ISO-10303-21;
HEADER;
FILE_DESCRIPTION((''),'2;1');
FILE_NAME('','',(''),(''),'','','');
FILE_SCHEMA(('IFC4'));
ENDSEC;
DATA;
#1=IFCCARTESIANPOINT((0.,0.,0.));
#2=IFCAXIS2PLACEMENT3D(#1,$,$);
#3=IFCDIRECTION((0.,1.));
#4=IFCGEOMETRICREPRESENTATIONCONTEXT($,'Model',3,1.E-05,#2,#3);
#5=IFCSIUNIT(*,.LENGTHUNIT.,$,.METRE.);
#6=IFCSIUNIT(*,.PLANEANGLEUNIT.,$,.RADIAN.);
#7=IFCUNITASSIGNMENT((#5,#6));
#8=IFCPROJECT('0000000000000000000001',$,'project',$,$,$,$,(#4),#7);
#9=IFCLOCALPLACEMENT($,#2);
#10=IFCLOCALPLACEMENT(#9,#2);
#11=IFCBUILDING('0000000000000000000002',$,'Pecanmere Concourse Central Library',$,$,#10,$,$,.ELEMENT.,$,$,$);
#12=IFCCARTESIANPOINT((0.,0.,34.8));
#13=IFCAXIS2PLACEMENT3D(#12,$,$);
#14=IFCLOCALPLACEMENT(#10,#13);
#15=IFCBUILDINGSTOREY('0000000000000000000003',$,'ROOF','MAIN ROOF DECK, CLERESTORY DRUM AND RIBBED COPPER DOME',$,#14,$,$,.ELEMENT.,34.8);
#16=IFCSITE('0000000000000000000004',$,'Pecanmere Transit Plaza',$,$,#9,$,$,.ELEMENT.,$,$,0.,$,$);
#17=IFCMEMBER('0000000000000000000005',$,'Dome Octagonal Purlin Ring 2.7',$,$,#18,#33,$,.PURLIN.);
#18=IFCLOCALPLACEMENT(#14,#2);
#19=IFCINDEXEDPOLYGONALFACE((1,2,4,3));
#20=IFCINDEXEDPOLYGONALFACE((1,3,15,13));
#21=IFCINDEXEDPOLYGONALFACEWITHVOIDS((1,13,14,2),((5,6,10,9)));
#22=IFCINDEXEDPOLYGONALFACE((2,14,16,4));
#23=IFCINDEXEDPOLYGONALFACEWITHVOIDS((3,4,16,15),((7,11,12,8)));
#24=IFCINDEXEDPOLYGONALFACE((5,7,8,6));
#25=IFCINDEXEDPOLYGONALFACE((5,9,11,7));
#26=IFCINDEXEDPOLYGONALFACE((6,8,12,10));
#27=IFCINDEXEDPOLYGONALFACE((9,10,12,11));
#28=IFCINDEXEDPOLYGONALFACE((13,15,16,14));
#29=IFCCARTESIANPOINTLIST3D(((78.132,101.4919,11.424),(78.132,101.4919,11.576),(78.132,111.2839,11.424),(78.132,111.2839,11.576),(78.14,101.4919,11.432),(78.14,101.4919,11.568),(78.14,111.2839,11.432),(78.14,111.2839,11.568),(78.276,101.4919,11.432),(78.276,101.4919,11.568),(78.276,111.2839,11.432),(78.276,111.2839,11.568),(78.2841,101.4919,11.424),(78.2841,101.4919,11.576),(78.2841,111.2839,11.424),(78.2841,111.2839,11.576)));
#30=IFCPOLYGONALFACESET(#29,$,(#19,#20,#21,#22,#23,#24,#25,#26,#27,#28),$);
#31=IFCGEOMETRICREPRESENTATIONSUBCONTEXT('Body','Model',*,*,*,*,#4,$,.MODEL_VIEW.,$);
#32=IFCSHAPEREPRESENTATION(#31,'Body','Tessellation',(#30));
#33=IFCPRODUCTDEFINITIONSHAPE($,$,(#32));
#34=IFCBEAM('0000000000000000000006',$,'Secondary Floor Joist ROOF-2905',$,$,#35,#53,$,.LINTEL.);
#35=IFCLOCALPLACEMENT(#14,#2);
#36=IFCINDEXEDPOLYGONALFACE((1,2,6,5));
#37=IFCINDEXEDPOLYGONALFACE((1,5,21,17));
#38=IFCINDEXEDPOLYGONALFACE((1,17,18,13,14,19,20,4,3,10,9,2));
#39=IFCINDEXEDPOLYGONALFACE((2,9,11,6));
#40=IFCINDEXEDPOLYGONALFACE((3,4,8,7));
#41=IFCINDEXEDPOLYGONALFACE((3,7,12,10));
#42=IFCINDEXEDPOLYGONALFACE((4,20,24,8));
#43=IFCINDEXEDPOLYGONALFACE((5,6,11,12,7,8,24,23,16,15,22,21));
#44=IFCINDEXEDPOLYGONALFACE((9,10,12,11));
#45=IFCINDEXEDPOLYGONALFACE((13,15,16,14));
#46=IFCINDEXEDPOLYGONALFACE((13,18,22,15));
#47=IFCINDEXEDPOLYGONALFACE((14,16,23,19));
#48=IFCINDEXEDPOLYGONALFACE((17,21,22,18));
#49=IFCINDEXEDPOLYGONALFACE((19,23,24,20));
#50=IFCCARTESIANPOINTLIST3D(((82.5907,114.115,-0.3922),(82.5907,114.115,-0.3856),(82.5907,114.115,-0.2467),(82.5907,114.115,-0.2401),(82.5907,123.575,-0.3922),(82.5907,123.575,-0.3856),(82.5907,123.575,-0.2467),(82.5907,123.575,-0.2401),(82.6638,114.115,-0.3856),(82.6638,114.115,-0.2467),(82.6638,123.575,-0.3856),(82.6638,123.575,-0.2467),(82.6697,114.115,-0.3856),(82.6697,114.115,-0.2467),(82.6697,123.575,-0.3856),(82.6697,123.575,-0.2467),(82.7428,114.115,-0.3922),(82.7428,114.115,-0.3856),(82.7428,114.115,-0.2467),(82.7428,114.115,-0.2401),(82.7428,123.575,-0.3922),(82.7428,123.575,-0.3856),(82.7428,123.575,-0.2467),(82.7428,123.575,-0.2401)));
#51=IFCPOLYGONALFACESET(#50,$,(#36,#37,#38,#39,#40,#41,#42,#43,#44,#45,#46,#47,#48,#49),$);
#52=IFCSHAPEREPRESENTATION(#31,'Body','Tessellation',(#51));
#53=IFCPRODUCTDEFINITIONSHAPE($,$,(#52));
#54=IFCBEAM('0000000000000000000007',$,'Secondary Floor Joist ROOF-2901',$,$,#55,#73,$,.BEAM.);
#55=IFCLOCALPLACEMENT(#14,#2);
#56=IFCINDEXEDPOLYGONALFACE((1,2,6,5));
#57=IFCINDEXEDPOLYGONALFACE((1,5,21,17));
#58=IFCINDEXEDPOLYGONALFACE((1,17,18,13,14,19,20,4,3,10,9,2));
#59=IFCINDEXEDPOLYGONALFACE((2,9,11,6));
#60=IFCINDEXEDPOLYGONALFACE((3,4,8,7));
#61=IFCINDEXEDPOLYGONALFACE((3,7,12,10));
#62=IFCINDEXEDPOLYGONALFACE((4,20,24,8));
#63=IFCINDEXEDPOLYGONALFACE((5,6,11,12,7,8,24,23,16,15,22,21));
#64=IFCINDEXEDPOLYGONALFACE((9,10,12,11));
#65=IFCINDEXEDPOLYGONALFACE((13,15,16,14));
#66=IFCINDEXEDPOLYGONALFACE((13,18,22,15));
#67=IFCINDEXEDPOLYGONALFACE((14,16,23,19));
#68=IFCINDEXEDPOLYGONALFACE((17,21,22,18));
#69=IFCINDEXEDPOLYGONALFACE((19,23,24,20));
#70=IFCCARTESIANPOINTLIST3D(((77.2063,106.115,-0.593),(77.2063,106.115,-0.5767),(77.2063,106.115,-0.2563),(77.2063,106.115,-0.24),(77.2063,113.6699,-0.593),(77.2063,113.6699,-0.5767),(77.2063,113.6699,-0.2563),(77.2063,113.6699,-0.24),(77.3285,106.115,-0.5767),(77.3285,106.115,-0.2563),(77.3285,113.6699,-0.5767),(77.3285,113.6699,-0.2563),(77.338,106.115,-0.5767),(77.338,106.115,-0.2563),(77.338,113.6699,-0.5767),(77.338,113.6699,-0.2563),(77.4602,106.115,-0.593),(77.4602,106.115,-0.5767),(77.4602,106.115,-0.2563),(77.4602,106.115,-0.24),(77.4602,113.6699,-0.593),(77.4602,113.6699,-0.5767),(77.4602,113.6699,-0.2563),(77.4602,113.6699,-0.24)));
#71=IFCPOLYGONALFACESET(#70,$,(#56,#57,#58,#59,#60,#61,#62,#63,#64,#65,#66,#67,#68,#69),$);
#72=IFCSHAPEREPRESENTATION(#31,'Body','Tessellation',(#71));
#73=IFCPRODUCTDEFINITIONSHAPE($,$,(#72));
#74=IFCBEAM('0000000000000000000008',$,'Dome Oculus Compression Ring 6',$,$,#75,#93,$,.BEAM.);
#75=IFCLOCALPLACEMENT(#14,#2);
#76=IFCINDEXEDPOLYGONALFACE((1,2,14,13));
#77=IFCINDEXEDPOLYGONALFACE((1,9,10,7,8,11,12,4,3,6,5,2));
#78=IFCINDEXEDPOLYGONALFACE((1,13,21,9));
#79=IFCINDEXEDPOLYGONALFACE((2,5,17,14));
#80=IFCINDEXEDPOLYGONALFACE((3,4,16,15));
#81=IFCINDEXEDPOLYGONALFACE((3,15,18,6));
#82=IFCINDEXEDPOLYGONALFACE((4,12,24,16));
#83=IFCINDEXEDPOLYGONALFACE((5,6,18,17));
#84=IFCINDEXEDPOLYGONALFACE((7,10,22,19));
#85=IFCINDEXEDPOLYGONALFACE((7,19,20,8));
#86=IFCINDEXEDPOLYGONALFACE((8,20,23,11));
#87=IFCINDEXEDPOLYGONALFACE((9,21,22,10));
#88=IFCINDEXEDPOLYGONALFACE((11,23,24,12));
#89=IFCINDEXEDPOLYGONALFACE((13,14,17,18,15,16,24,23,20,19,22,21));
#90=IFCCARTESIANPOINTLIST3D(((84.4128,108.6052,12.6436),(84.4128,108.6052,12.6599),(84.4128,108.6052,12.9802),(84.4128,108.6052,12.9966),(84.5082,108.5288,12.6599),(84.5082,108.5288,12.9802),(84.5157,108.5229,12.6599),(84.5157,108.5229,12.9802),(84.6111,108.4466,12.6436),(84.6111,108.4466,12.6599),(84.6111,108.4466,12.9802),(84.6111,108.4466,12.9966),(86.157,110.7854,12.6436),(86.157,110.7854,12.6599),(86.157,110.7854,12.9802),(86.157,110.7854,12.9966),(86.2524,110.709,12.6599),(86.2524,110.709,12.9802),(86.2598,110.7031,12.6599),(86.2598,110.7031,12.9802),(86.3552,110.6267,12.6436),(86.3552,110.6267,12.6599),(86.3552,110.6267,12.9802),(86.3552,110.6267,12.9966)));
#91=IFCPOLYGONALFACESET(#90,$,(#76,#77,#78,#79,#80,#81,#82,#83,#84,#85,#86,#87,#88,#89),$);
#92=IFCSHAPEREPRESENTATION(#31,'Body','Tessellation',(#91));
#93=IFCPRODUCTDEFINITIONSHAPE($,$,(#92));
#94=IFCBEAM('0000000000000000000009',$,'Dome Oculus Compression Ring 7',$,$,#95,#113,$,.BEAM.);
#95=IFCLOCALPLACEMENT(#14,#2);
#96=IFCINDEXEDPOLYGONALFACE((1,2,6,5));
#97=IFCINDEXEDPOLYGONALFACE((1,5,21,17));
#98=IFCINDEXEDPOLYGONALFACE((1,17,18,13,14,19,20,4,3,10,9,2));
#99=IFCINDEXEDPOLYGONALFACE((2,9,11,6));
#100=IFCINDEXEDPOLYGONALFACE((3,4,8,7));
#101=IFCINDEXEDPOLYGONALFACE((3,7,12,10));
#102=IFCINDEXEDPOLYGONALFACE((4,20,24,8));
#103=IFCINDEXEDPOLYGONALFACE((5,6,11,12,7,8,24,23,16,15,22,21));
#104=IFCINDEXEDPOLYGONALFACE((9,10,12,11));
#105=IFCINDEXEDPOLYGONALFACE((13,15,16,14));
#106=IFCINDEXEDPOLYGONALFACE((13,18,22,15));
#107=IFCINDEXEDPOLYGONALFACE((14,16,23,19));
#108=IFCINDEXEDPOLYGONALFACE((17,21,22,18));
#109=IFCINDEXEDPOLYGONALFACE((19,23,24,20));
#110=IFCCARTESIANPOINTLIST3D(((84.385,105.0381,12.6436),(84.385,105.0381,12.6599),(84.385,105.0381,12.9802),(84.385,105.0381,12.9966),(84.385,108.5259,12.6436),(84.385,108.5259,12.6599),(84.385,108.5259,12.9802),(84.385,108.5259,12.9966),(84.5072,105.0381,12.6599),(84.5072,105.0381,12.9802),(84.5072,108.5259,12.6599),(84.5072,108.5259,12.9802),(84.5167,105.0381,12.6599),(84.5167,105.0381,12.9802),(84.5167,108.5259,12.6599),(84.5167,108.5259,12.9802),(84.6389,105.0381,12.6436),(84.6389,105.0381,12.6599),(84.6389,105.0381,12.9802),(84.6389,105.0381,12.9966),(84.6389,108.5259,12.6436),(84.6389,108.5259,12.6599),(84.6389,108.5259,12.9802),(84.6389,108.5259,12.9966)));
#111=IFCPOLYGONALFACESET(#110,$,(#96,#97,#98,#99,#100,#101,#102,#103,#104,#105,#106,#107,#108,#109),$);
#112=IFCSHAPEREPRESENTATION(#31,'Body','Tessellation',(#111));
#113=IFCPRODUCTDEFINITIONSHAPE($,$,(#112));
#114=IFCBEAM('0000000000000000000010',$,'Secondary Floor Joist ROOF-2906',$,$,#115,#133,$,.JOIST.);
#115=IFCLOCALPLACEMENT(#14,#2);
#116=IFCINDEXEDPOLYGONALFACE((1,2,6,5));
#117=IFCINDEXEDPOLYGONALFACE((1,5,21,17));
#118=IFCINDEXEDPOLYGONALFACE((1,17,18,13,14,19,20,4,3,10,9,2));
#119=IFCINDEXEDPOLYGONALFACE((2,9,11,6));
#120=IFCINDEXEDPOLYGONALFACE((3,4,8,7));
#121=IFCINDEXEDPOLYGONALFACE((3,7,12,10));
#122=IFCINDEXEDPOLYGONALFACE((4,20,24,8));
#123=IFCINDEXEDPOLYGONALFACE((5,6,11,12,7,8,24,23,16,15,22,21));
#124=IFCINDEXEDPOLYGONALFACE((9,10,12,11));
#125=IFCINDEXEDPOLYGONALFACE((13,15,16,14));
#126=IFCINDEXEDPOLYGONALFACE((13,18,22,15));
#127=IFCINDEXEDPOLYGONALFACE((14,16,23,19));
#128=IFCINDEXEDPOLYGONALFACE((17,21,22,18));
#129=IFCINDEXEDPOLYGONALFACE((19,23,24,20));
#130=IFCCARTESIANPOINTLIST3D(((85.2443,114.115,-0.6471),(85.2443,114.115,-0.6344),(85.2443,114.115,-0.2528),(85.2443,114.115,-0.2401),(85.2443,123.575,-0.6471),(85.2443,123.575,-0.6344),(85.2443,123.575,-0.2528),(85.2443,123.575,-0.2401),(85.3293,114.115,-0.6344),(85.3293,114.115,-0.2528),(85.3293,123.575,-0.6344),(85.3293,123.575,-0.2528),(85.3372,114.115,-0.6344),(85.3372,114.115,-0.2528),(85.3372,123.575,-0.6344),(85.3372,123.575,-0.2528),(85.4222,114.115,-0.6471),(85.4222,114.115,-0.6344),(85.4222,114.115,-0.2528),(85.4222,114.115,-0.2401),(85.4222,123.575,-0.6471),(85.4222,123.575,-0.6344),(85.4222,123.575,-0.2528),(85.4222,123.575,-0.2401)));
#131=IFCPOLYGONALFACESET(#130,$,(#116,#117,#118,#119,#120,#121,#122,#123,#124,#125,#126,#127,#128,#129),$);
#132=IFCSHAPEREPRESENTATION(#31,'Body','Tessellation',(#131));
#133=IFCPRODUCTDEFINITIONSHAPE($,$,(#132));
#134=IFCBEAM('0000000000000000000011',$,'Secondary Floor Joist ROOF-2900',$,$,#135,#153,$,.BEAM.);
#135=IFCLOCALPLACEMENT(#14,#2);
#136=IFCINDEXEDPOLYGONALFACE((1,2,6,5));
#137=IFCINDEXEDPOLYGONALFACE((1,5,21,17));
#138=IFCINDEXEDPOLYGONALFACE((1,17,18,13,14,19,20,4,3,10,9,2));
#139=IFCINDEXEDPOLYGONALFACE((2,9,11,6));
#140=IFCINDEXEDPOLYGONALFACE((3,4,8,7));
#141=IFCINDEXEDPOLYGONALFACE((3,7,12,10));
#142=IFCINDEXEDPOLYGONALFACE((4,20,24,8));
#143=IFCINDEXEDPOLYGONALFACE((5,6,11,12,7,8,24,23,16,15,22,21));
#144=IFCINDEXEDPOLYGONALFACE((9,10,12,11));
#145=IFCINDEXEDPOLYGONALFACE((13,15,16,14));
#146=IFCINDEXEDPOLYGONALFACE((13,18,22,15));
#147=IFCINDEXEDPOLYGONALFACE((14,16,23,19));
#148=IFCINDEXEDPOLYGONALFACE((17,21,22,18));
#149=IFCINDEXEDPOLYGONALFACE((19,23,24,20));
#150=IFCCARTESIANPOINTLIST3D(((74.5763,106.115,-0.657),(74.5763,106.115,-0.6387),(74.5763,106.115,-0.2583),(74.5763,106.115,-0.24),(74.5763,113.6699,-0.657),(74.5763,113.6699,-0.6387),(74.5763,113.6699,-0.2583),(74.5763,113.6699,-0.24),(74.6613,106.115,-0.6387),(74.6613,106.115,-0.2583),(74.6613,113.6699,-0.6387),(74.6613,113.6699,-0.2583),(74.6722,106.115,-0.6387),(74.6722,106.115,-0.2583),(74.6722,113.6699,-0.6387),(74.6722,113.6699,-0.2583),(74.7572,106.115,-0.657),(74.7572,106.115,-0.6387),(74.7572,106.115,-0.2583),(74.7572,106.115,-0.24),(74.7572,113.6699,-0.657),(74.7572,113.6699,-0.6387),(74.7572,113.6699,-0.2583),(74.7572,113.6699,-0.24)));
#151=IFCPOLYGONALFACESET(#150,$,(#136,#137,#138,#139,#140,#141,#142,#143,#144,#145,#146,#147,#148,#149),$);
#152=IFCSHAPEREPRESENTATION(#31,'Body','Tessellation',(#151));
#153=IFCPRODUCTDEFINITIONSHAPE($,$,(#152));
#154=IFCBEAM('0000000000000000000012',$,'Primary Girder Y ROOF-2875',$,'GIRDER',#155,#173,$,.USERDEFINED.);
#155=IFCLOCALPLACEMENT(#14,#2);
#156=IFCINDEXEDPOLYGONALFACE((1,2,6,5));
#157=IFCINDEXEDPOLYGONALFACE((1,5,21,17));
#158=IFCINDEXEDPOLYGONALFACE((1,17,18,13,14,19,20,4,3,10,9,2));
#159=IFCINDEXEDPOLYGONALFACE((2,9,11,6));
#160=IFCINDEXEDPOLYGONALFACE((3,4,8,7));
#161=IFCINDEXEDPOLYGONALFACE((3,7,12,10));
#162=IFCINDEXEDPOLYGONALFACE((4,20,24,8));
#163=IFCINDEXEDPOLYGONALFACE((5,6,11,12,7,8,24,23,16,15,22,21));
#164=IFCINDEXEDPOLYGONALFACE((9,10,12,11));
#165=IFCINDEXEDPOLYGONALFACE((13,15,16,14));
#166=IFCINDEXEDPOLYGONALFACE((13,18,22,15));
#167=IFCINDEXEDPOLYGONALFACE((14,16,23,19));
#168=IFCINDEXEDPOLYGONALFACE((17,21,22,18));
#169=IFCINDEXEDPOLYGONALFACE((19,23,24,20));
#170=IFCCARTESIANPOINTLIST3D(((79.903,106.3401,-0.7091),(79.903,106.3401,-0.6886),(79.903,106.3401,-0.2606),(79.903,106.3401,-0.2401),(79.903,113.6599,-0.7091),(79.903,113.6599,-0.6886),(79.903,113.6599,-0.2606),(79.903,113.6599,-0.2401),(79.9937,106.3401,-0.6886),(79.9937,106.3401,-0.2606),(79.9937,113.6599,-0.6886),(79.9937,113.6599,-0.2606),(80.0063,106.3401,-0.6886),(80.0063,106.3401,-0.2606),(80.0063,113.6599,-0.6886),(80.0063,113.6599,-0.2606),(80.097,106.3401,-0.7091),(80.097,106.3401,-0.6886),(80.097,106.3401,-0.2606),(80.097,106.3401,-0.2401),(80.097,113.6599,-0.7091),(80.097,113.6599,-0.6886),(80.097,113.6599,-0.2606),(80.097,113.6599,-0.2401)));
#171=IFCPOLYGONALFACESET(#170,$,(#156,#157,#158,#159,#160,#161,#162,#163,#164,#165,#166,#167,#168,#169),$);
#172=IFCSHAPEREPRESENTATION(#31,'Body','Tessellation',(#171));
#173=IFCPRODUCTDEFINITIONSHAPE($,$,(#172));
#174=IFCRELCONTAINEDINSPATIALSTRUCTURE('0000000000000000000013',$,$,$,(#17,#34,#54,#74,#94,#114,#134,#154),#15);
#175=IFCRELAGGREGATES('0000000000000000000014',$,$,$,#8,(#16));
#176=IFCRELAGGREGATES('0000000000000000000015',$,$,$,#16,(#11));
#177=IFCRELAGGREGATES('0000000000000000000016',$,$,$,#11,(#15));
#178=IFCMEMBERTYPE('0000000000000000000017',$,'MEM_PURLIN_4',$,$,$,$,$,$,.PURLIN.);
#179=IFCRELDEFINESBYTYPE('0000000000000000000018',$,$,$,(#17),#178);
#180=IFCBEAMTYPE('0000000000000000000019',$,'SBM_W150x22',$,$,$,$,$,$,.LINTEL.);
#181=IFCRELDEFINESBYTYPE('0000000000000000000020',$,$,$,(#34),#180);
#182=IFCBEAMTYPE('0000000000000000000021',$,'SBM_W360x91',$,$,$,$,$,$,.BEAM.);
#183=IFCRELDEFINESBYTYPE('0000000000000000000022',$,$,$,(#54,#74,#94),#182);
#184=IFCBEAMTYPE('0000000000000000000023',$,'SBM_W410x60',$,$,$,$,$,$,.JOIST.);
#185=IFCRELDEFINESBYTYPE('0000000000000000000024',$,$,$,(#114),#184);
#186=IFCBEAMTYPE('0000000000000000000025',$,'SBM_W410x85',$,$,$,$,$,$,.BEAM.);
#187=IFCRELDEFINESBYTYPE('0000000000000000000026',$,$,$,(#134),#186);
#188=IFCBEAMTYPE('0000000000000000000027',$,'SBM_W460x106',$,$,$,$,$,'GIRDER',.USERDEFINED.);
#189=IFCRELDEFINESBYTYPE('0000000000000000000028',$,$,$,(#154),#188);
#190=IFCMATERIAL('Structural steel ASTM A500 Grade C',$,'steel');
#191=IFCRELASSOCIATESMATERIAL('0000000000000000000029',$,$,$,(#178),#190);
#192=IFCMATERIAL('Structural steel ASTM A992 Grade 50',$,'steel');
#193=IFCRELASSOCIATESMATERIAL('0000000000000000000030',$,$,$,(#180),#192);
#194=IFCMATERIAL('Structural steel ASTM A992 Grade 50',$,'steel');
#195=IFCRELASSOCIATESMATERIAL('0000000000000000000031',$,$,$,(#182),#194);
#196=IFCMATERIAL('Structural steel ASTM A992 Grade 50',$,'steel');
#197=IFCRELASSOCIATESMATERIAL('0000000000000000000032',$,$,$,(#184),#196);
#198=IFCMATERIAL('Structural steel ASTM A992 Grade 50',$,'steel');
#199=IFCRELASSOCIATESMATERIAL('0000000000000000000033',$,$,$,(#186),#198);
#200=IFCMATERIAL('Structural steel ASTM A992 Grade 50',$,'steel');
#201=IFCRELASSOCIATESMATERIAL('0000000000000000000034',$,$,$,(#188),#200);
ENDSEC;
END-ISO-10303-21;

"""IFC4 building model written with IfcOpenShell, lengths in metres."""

from ifc_helpers import new_model, si_unit, direction, frame, origin, origin_2d, place, context, subcontext, project, spatial, hollow_rectangle, i_section, extrude, material, material_profile, profile_set, type_object, element, save


model = new_model("IFC4")

# Units and contexts
model_context = context("Model", 3, precision=1e-05, world=origin(), true_north=direction((0.0, 1.0)))
body_context = subcontext(model_context, "Body", "Model", "MODEL_VIEW")
ifc_project = project(units=[si_unit("LENGTHUNIT", "METRE"), si_unit("PLANEANGLEUNIT", "RADIAN")], contexts=[model_context])

# Site, building, storey
site_placement = place(None, origin())
site = spatial("IfcSite", under=ifc_project, at=site_placement, Name="Pecanmere Transit Plaza", CompositionType="ELEMENT", RefElevation=0.0)
building_placement = place(site_placement, origin())
building = spatial("IfcBuilding", under=site, at=building_placement, Name="Pecanmere Concourse Central Library", CompositionType="ELEMENT")
storey_placement = place(building_placement, frame((0.0, 0.0, 34.8)))
storey = spatial("IfcBuildingStorey", under=building, at=storey_placement, Name="ROOF", Description="MAIN ROOF DECK, CLERESTORY DRUM AND RIBBED COPPER DOME", CompositionType="ELEMENT", Elevation=34.8)

# Member
ifc_material_1 = material(Name="Structural steel ASTM A500 Grade C", Category="steel")
ifc_material_profile_1 = material_profile(ifc_material_1, hollow_rectangle(XDim=0.1521, YDim=0.1521, WallThickness=0.0081, at=origin_2d()), Name="HSS152x152x8.0")
ifc_profile_set_1 = profile_set([ifc_material_profile_1], Name="Structural steel ASTM A500 Grade C")
member_type_1 = type_object("IfcMemberType", Name="MEM_PURLIN_4", PredefinedType="PURLIN", material=ifc_profile_set_1)
member_1_placement = place(storey_placement, frame((78.208, 111.2839, 11.5), z_axis=(0.0, -1.0, 0.0), x_axis=(1.0, 0.0, 0.0)))
element("IfcMember", 1, at=member_1_placement, inside=storey, type_object=member_type_1, Name="Dome Octagonal Purlin Ring 2.7", PredefinedType="PURLIN", context=body_context, shape_type="SweptSolid", body=[
    extrude(hollow_rectangle(XDim=0.1521, YDim=0.1521, WallThickness=0.0081, at=origin_2d()), origin(), (0.0, 0.0, 1.0), 9.792),
])

# Beams
ifc_material_2 = material(Name="Structural steel ASTM A992 Grade 50", Category="steel")
ifc_material_profile_2 = material_profile(ifc_material_2, i_section(OverallWidth=0.1521, OverallDepth=0.1521, WebThickness=0.0059, FlangeThickness=0.0066, at=origin_2d()), Name="W150x22.5")
ifc_profile_set_2 = profile_set([ifc_material_profile_2], Name="Structural steel ASTM A992 Grade 50")
beam_type_1 = type_object("IfcBeamType", Name="SBM_W150x22", PredefinedType="LINTEL", material=ifc_profile_set_2)
beam_1_placement = place(storey_placement, frame((82.6667, 114.115, -0.3162), z_axis=(0.0, 1.0, 0.0), x_axis=(-1.0, 0.0, 0.0)))
element("IfcBeam", 2, at=beam_1_placement, inside=storey, type_object=beam_type_1, Name="Secondary Floor Joist ROOF-2905", PredefinedType="LINTEL", context=body_context, shape_type="SweptSolid", body=[
    extrude(i_section(OverallWidth=0.1521, OverallDepth=0.1521, WebThickness=0.0059, FlangeThickness=0.0066, at=origin_2d()), origin(), (0.0, 0.0, 1.0), 9.46),
])
ifc_material_3 = material(Name="Structural steel ASTM A992 Grade 50", Category="steel")
ifc_material_profile_3 = material_profile(ifc_material_3, i_section(OverallWidth=0.2539, OverallDepth=0.353, WebThickness=0.0095, FlangeThickness=0.0164, at=origin_2d()), Name="W360x91")
ifc_profile_set_3 = profile_set([ifc_material_profile_3], Name="Structural steel ASTM A992 Grade 50")
beam_type_2 = type_object("IfcBeamType", Name="SBM_W360x91", PredefinedType="BEAM", material=ifc_profile_set_3)
beam_2_placement = place(storey_placement, frame((77.3333, 106.115, -0.4165), z_axis=(0.0, 1.0, 0.0), x_axis=(-1.0, 0.0, 0.0)))
element("IfcBeam", 3, at=beam_2_placement, inside=storey, type_object=beam_type_2, Name="Secondary Floor Joist ROOF-2901", PredefinedType="BEAM", context=body_context, shape_type="SweptSolid", body=[
    extrude(i_section(OverallWidth=0.2539, OverallDepth=0.353, WebThickness=0.0095, FlangeThickness=0.0164, at=origin_2d()), origin(), (0.0, 0.0, 1.0), 7.5549),
])
beam_3_placement = place(storey_placement, frame((86.2561, 110.7061, 12.8201), z_axis=(-0.624695, -0.780869, 0.0), x_axis=(0.780869, -0.624695, 0.0)))
element("IfcBeam", 4, at=beam_3_placement, inside=storey, type_object=beam_type_2, Name="Dome Oculus Compression Ring 6", PredefinedType="BEAM", context=body_context, shape_type="SweptSolid", body=[
    extrude(i_section(OverallWidth=0.2539, OverallDepth=0.353, WebThickness=0.0095, FlangeThickness=0.0164, at=origin_2d()), origin(), (0.0, 0.0, 1.0), 2.792),
])
beam_4_placement = place(storey_placement, frame((84.512, 108.5259, 12.8201), z_axis=(0.0, -1.0, 0.0), x_axis=(1.0, 0.0, 0.0)))
element("IfcBeam", 5, at=beam_4_placement, inside=storey, type_object=beam_type_2, Name="Dome Oculus Compression Ring 7", PredefinedType="BEAM", context=body_context, shape_type="SweptSolid", body=[
    extrude(i_section(OverallWidth=0.2539, OverallDepth=0.353, WebThickness=0.0095, FlangeThickness=0.0164, at=origin_2d()), origin(), (0.0, 0.0, 1.0), 3.4878),
])
ifc_material_4 = material(Name="Structural steel ASTM A992 Grade 50", Category="steel")
ifc_material_profile_4 = material_profile(ifc_material_4, i_section(OverallWidth=0.178, OverallDepth=0.407, WebThickness=0.0078, FlangeThickness=0.0127, at=origin_2d()), Name="W410x60")
ifc_profile_set_4 = profile_set([ifc_material_profile_4], Name="Structural steel ASTM A992 Grade 50")
beam_type_3 = type_object("IfcBeamType", Name="SBM_W410x60", PredefinedType="JOIST", material=ifc_profile_set_4)
beam_5_placement = place(storey_placement, frame((85.3333, 114.115, -0.4436), z_axis=(0.0, 1.0, 0.0), x_axis=(-1.0, 0.0, 0.0)))
element("IfcBeam", 6, at=beam_5_placement, inside=storey, type_object=beam_type_3, Name="Secondary Floor Joist ROOF-2906", PredefinedType="JOIST", context=body_context, shape_type="SweptSolid", body=[
    extrude(i_section(OverallWidth=0.178, OverallDepth=0.407, WebThickness=0.0078, FlangeThickness=0.0127, at=origin_2d()), origin(), (0.0, 0.0, 1.0), 9.46),
])
ifc_material_5 = material(Name="Structural steel ASTM A992 Grade 50", Category="steel")
ifc_material_profile_5 = material_profile(ifc_material_5, i_section(OverallWidth=0.1809, OverallDepth=0.417, WebThickness=0.011, FlangeThickness=0.0183, at=origin_2d()), Name="W410x85")
ifc_profile_set_5 = profile_set([ifc_material_profile_5], Name="Structural steel ASTM A992 Grade 50")
beam_type_4 = type_object("IfcBeamType", Name="SBM_W410x85", PredefinedType="BEAM", material=ifc_profile_set_5)
beam_6_placement = place(storey_placement, frame((74.6667, 106.115, -0.4485), z_axis=(0.0, 1.0, 0.0), x_axis=(-1.0, 0.0, 0.0)))
element("IfcBeam", 7, at=beam_6_placement, inside=storey, type_object=beam_type_4, Name="Secondary Floor Joist ROOF-2900", PredefinedType="BEAM", context=body_context, shape_type="SweptSolid", body=[
    extrude(i_section(OverallWidth=0.1809, OverallDepth=0.417, WebThickness=0.011, FlangeThickness=0.0183, at=origin_2d()), origin(), (0.0, 0.0, 1.0), 7.5549),
])
ifc_material_6 = material(Name="Structural steel ASTM A992 Grade 50", Category="steel")
ifc_material_profile_6 = material_profile(ifc_material_6, i_section(OverallWidth=0.1941, OverallDepth=0.469, WebThickness=0.0127, FlangeThickness=0.0205, at=origin_2d()), Name="W460x106")
ifc_profile_set_6 = profile_set([ifc_material_profile_6], Name="Structural steel ASTM A992 Grade 50")
beam_type_5 = type_object("IfcBeamType", Name="SBM_W460x106", ElementType="GIRDER", PredefinedType="USERDEFINED", material=ifc_profile_set_6)
beam_7_placement = place(storey_placement, frame((80.0, 106.3401, -0.4746), z_axis=(0.0, 1.0, 0.0), x_axis=(-1.0, 0.0, 0.0)))
element("IfcBeam", 8, at=beam_7_placement, inside=storey, type_object=beam_type_5, Name="Primary Girder Y ROOF-2875", ObjectType="GIRDER", PredefinedType="USERDEFINED", context=body_context, shape_type="SweptSolid", body=[
    extrude(i_section(OverallWidth=0.1941, OverallDepth=0.469, WebThickness=0.0127, FlangeThickness=0.0205, at=origin_2d()), origin(), (0.0, 0.0, 1.0), 7.3198),
])

save(model, "model.ifc")
